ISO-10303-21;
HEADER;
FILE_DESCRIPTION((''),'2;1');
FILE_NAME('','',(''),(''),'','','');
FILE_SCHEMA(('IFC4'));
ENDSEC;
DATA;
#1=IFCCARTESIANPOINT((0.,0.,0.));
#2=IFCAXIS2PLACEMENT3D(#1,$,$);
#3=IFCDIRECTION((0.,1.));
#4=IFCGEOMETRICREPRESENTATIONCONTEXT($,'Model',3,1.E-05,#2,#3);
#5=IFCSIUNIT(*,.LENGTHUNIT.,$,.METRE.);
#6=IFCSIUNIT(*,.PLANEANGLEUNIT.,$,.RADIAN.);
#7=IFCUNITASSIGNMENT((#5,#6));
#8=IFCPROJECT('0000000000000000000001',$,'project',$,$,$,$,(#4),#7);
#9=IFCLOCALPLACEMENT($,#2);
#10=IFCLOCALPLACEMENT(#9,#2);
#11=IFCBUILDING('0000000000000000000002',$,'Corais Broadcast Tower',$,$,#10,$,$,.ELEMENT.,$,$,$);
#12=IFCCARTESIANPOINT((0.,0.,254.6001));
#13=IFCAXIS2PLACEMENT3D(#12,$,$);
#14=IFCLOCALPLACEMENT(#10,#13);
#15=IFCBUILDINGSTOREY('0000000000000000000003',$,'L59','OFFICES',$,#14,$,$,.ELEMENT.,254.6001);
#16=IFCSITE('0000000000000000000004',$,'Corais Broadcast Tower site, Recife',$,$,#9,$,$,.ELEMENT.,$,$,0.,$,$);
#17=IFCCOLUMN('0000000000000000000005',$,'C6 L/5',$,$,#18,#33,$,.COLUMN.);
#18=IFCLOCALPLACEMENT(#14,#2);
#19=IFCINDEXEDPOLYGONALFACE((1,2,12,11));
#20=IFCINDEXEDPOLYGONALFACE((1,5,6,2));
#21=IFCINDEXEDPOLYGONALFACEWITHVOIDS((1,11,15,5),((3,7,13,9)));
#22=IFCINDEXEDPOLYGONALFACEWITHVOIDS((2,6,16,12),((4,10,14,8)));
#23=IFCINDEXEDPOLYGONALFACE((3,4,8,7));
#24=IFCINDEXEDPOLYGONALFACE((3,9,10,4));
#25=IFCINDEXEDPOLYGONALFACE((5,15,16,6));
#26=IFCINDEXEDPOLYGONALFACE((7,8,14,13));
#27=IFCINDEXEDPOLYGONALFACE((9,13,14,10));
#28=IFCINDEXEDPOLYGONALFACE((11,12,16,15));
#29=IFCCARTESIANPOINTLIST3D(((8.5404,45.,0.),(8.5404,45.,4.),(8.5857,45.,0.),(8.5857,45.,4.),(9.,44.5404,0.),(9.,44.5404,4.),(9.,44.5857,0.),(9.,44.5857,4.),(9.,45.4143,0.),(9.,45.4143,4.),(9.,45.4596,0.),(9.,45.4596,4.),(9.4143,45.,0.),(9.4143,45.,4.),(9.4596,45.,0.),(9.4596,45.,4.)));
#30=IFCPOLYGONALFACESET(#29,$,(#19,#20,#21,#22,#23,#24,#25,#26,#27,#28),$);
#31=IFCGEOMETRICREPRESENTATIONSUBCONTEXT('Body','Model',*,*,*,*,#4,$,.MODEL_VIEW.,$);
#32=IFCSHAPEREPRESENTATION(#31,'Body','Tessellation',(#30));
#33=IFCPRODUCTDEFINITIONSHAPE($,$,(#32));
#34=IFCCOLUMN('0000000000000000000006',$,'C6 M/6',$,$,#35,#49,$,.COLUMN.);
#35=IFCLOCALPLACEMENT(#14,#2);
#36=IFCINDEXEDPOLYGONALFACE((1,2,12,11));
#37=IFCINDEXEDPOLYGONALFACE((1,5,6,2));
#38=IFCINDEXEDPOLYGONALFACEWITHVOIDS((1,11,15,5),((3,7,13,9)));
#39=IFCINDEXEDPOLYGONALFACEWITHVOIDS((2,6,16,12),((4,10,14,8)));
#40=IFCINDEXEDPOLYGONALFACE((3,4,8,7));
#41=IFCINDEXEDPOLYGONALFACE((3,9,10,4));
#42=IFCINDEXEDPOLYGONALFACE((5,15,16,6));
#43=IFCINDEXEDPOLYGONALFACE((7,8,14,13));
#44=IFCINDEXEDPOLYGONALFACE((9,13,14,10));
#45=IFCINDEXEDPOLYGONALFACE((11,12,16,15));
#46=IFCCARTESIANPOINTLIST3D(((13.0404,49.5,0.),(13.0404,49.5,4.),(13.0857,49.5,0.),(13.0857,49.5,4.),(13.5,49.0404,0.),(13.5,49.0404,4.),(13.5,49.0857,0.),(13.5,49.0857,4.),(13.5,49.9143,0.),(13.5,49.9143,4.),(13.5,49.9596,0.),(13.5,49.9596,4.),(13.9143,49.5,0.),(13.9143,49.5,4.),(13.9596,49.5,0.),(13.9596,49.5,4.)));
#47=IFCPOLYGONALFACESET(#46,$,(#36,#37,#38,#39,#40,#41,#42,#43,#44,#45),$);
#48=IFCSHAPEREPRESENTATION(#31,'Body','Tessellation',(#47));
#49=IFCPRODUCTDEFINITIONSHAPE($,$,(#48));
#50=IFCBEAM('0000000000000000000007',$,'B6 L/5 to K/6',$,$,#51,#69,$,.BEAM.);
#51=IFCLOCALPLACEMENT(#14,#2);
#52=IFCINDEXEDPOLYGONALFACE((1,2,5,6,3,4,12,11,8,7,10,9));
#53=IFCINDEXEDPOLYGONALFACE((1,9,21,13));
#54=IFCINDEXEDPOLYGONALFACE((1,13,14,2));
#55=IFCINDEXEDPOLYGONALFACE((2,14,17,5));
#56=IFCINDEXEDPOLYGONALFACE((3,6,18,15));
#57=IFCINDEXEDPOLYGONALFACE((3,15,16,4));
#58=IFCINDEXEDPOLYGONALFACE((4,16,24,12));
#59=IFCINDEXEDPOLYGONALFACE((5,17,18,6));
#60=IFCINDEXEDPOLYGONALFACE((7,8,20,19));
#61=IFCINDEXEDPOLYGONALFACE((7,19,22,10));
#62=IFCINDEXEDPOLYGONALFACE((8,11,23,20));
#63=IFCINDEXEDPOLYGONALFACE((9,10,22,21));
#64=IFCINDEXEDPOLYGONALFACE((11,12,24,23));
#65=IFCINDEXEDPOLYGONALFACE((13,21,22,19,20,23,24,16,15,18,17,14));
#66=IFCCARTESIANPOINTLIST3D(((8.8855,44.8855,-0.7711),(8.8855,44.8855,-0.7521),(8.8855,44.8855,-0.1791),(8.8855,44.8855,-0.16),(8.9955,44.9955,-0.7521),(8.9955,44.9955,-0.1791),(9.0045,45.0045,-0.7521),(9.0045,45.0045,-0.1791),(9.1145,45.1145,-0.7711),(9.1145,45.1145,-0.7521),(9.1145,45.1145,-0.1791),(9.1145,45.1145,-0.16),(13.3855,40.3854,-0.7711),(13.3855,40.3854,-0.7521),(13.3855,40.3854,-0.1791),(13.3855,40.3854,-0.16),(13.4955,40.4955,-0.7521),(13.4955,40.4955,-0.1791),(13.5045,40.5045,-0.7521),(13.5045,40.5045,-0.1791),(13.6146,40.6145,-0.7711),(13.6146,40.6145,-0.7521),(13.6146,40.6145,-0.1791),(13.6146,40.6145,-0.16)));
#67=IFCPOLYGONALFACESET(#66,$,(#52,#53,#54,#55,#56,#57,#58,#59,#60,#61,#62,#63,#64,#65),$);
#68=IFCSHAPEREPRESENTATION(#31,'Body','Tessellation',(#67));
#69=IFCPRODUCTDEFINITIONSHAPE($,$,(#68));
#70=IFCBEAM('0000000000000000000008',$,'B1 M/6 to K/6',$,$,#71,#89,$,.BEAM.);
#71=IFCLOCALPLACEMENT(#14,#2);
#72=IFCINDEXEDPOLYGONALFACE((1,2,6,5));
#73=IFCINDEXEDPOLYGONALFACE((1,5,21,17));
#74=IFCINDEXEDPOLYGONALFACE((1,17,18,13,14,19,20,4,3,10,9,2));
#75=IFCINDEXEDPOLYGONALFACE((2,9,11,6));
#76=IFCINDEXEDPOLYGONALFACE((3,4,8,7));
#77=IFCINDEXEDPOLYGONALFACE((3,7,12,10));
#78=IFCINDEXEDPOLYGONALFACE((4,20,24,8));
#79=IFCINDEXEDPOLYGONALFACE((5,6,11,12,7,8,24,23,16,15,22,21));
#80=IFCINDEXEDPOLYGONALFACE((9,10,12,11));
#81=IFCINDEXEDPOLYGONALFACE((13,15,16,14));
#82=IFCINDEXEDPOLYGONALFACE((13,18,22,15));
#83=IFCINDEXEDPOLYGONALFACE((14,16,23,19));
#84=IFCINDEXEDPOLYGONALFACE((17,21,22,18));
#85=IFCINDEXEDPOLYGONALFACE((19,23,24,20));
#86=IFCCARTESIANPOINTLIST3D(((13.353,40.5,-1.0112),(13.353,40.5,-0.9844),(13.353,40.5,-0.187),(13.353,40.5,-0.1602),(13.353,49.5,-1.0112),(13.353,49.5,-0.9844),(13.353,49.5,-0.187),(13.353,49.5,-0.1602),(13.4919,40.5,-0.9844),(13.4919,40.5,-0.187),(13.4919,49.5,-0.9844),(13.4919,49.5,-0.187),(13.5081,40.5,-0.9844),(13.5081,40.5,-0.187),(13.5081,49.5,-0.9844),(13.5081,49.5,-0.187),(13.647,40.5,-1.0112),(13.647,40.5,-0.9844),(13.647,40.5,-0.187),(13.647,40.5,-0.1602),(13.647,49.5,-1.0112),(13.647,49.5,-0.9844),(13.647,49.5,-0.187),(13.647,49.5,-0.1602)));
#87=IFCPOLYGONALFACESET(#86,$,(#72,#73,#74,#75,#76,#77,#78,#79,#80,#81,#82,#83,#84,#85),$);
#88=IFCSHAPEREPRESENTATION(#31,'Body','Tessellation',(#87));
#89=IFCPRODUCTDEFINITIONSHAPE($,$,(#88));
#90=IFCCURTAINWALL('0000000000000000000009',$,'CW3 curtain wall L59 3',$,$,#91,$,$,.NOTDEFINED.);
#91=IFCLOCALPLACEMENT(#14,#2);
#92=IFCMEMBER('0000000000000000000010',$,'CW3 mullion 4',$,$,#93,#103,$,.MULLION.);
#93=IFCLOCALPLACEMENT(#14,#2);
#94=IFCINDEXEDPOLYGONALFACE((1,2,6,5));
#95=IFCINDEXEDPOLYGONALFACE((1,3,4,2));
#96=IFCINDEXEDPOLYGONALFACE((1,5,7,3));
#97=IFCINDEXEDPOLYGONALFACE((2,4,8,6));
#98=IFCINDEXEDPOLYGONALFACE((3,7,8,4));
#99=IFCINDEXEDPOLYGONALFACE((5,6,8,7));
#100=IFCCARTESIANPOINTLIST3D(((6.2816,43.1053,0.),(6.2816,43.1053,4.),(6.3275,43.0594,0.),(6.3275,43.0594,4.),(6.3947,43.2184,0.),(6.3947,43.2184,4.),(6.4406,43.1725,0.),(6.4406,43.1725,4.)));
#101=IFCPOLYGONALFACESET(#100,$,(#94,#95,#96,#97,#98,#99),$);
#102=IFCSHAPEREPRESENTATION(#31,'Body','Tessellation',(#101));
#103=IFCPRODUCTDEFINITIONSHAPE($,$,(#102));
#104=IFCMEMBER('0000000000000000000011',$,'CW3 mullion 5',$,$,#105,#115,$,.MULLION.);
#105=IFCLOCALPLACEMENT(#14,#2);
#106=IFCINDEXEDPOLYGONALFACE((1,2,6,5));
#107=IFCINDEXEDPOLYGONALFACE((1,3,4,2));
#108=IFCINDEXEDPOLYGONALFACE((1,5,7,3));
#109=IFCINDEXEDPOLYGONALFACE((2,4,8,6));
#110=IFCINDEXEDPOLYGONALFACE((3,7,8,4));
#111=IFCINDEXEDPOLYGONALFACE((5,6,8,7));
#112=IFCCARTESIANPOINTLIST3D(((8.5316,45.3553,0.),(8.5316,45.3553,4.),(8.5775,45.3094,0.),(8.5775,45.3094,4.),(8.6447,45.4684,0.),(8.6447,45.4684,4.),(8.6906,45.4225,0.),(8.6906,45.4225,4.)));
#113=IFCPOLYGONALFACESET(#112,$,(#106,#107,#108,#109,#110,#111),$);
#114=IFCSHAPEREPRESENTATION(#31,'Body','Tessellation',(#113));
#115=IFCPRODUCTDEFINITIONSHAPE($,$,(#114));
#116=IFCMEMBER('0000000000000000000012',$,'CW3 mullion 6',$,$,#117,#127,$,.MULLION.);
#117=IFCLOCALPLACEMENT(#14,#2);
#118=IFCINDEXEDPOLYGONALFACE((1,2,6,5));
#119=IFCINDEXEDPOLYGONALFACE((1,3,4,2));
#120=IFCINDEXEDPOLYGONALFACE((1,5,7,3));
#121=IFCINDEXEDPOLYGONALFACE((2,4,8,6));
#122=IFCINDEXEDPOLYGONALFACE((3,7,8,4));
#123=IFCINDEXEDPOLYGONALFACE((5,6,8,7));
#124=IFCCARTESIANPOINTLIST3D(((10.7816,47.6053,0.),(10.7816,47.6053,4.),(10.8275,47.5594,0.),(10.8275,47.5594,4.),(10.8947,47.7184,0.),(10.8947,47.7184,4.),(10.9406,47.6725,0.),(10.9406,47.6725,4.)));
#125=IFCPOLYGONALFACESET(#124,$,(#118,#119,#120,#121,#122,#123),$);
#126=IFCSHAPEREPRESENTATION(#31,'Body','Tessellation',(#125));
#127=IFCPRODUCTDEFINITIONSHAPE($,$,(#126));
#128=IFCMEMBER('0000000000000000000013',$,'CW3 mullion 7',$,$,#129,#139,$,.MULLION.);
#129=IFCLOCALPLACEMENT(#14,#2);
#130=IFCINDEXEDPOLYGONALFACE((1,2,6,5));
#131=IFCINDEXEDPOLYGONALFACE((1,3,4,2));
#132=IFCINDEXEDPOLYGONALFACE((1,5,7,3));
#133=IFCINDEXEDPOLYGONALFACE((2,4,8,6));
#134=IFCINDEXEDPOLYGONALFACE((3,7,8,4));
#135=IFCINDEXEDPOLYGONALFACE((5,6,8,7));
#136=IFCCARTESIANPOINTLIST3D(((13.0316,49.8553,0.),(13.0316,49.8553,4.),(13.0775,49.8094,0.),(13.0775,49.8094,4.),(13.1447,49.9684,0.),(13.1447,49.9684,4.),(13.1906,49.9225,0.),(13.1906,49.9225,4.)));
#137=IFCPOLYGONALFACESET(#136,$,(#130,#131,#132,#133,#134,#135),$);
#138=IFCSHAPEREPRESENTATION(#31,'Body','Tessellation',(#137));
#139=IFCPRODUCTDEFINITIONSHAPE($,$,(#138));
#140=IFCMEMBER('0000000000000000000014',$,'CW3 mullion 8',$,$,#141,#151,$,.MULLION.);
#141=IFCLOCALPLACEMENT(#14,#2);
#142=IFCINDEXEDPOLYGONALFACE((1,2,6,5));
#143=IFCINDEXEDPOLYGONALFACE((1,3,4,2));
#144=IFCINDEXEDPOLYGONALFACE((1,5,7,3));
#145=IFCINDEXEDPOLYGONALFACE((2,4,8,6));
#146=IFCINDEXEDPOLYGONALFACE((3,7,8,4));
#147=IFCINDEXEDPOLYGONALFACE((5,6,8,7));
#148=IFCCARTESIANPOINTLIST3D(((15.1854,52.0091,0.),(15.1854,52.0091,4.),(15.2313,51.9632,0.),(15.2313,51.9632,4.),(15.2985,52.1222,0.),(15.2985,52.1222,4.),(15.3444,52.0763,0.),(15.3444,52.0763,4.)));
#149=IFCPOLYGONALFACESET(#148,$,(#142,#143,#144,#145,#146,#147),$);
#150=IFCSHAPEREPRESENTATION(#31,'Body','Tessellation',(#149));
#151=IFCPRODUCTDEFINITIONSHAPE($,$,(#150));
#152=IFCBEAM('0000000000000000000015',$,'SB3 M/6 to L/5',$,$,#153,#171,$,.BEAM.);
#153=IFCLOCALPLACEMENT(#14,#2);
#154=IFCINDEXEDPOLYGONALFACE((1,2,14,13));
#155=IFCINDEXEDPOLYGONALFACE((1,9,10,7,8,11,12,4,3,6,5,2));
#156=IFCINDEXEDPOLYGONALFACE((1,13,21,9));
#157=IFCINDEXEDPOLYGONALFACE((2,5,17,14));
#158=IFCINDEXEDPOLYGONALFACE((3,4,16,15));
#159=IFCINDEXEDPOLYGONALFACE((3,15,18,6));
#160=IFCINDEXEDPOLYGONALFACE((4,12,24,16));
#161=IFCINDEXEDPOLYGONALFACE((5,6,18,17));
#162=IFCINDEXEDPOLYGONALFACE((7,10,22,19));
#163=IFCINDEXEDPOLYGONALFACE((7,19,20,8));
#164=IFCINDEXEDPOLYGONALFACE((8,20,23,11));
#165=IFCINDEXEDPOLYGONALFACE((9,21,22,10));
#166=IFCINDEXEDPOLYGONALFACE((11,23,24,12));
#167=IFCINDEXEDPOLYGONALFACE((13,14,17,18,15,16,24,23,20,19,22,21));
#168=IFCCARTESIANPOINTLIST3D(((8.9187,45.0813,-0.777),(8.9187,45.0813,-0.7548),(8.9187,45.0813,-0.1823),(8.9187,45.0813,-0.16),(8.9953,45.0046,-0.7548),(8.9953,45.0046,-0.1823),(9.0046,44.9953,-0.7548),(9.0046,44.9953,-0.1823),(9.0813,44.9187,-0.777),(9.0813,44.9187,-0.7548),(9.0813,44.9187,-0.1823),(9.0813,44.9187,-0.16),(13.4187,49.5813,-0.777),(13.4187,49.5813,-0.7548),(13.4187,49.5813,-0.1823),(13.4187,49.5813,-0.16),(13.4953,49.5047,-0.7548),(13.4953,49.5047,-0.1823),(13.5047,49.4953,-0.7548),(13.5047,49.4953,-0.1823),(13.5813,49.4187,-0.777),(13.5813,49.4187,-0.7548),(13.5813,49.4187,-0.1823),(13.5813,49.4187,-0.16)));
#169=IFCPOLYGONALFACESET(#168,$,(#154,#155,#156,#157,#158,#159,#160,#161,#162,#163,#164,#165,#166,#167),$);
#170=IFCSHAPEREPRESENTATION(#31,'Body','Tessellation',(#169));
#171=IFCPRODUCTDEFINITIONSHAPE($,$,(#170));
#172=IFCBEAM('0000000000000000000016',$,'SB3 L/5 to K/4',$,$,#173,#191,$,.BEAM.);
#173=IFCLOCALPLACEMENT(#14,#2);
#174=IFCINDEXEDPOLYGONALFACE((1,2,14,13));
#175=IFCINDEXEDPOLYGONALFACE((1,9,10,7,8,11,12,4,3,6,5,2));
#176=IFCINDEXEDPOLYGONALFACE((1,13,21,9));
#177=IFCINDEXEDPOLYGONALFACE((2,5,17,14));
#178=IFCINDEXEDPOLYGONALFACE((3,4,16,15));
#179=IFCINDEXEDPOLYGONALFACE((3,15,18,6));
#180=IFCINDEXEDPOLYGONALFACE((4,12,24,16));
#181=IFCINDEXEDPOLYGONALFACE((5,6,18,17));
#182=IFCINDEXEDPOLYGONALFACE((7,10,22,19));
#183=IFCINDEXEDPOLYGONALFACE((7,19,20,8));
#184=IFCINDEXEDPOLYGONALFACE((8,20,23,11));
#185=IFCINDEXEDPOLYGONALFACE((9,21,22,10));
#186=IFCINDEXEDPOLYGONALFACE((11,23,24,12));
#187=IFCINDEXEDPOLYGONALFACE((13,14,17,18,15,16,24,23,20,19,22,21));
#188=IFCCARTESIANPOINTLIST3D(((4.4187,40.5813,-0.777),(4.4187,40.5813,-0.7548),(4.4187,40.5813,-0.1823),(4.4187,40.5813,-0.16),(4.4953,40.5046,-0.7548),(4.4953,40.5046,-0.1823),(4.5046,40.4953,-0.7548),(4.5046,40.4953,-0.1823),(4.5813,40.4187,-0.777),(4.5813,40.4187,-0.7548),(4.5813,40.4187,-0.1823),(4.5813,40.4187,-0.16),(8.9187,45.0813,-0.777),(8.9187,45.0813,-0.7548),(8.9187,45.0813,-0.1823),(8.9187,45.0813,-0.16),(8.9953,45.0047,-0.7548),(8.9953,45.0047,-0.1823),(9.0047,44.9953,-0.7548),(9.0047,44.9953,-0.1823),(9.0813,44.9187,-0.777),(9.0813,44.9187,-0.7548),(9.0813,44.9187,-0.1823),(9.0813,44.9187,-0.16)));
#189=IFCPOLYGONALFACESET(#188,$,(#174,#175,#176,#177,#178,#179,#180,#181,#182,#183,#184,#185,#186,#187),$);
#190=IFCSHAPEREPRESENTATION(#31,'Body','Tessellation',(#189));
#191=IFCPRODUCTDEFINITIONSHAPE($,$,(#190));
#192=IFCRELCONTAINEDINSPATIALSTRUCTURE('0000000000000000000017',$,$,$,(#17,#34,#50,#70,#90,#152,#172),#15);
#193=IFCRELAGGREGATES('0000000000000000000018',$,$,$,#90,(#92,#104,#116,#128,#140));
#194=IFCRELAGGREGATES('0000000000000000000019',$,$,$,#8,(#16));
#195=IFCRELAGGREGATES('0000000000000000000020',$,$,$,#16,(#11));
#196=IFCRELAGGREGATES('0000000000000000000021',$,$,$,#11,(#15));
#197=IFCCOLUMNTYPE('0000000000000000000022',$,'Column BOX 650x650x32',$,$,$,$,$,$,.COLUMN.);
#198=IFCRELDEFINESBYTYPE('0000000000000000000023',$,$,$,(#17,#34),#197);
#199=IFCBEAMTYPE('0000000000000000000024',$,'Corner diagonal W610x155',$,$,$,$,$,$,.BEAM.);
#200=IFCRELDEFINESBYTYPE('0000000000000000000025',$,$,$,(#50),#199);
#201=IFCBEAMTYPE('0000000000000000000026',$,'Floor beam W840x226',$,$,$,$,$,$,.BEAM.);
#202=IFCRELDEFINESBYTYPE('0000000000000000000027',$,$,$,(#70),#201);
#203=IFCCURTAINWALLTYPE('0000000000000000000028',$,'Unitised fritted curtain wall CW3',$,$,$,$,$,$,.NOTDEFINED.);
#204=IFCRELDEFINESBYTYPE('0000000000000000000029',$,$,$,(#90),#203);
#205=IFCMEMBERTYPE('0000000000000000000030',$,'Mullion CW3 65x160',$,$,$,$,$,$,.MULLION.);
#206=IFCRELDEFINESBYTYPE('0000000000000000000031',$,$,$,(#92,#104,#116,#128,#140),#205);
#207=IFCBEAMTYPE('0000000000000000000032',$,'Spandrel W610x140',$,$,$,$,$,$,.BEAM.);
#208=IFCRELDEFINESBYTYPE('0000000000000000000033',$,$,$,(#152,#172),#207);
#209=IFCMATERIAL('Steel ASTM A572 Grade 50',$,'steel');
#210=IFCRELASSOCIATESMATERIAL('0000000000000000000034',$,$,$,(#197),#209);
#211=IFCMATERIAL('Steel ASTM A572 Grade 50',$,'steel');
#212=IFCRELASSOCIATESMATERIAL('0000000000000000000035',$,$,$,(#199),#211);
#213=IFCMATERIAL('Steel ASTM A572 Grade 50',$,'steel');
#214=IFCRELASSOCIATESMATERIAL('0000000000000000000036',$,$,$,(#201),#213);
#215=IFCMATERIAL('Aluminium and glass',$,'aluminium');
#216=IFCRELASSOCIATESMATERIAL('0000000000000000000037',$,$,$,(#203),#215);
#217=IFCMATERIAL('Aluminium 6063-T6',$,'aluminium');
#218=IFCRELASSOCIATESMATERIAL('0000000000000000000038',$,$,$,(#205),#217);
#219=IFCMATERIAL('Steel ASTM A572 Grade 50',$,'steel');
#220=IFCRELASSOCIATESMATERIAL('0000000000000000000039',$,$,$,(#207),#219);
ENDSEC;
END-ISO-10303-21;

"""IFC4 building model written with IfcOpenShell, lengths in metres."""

from ifc_helpers import new_model, si_unit, direction, frame, origin, origin_2d, place, context, subcontext, project, spatial, rectangle, hollow_rectangle, i_section, extrude, material, material_profile, profile_set, type_object, element, aggregate, save


model = new_model("IFC4")

# Units and contexts
model_context = context("Model", 3, precision=1e-05, world=origin(), true_north=direction((0.0, 1.0)))
body_context = subcontext(model_context, "Body", "Model", "MODEL_VIEW")
ifc_project = project(units=[si_unit("LENGTHUNIT", "METRE"), si_unit("PLANEANGLEUNIT", "RADIAN")], contexts=[model_context])

# Site, building, storey
site_placement = place(None, origin())
site = spatial("IfcSite", under=ifc_project, at=site_placement, Name="Corais Broadcast Tower site, Recife", CompositionType="ELEMENT", RefElevation=0.0)
building_placement = place(site_placement, origin())
building = spatial("IfcBuilding", under=site, at=building_placement, Name="Corais Broadcast Tower", CompositionType="ELEMENT")
storey_placement = place(building_placement, frame((0.0, 0.0, 254.6001)))
storey = spatial("IfcBuildingStorey", under=building, at=storey_placement, Name="L59", Description="OFFICES", CompositionType="ELEMENT", Elevation=254.6001)

# Columns
ifc_material_1 = material(Name="Steel ASTM A572 Grade 50", Category="steel")
ifc_material_profile_1 = material_profile(ifc_material_1, hollow_rectangle(XDim=0.6499, YDim=0.6499, WallThickness=0.032, at=origin_2d()), Name="BOX 650x650x32")
ifc_profile_set_1 = profile_set([ifc_material_profile_1], Name="Steel ASTM A572 Grade 50")
column_type = type_object("IfcColumnType", Name="Column BOX 650x650x32", PredefinedType="COLUMN", material=ifc_profile_set_1)
for number, where, z_axis, x_axis, name in (
    (1, (9.0, 45.0, 0.0), (0.0, 0.0, 1.0), (0.707107, 0.707107, 0.0), "C6 L/5"),
    (2, (13.5, 49.5, 0.0), (0.0, 0.0, 1.0), (0.707107, 0.707107, 0.0), "C6 M/6"),
):
    element("IfcColumn", number, at=place(storey_placement, frame(where, z_axis=z_axis, x_axis=x_axis)), inside=storey, type_object=column_type, Name=name, PredefinedType="COLUMN", context=body_context, shape_type="SweptSolid", body=[
        extrude(hollow_rectangle(XDim=0.6499, YDim=0.6499, WallThickness=0.032, at=origin_2d()), origin(), (0.0, 0.0, 1.0), 4.0),
    ])

# Beams
ifc_material_2 = material(Name="Steel ASTM A572 Grade 50", Category="steel")
ifc_material_profile_2 = material_profile(ifc_material_2, i_section(OverallWidth=0.324, OverallDepth=0.6111, WebThickness=0.0127, FlangeThickness=0.019, at=origin_2d()), Name="W610x155")
ifc_profile_set_2 = profile_set([ifc_material_profile_2], Name="Steel ASTM A572 Grade 50")
beam_type_1 = type_object("IfcBeamType", Name="Corner diagonal W610x155", PredefinedType="BEAM", material=ifc_profile_set_2)
beam_1_placement = place(storey_placement, frame((9.0, 45.0, -0.4656), z_axis=(0.707107, -0.707107, 0.0), x_axis=(0.707107, 0.707107, 0.0)))
element("IfcBeam", 3, at=beam_1_placement, inside=storey, type_object=beam_type_1, Name="B6 L/5 to K/6", PredefinedType="BEAM", context=body_context, shape_type="SweptSolid", body=[
    extrude(i_section(OverallWidth=0.324, OverallDepth=0.6111, WebThickness=0.0127, FlangeThickness=0.019, at=origin_2d()), origin(), (0.0, 0.0, 1.0), 6.364),
])
ifc_material_3 = material(Name="Steel ASTM A572 Grade 50", Category="steel")
ifc_material_profile_3 = material_profile(ifc_material_3, i_section(OverallWidth=0.2939, OverallDepth=0.8511, WebThickness=0.0161, FlangeThickness=0.0269, at=origin_2d()), Name="W840x226")
ifc_profile_set_3 = profile_set([ifc_material_profile_3], Name="Steel ASTM A572 Grade 50")
beam_type_2 = type_object("IfcBeamType", Name="Floor beam W840x226", PredefinedType="BEAM", material=ifc_profile_set_3)
beam_2_placement = place(storey_placement, frame((13.5, 49.5, -0.5857), z_axis=(0.0, -1.0, 0.0), x_axis=(1.0, 0.0, 0.0)))
element("IfcBeam", 4, at=beam_2_placement, inside=storey, type_object=beam_type_2, Name="B1 M/6 to K/6", PredefinedType="BEAM", context=body_context, shape_type="SweptSolid", body=[
    extrude(i_section(OverallWidth=0.2939, OverallDepth=0.8511, WebThickness=0.0161, FlangeThickness=0.0269, at=origin_2d()), origin(), (0.0, 0.0, 1.0), 9.0),
])

# Curtain wall, members
ifc_material_4 = material(Name="Aluminium and glass", Category="aluminium")
curtain_wall_type = type_object("IfcCurtainWallType", Name="Unitised fritted curtain wall CW3", PredefinedType="NOTDEFINED", material=ifc_material_4)
curtain_wall_placement = place(storey_placement, origin())
curtain_wall = element("IfcCurtainWall", 5, at=curtain_wall_placement, inside=storey, type_object=curtain_wall_type, Name="CW3 curtain wall L59 3", PredefinedType="NOTDEFINED")
ifc_material_5 = material(Name="Aluminium 6063-T6", Category="aluminium")
ifc_material_profile_4 = material_profile(ifc_material_5, rectangle(XDim=0.0649, YDim=0.1599, at=origin_2d()), Name="Mullion CW3 65x160")
ifc_profile_set_4 = profile_set([ifc_material_profile_4], Name="Aluminium 6063-T6")
member_type_1 = type_object("IfcMemberType", Name="Mullion CW3 65x160", PredefinedType="MULLION", material=ifc_profile_set_4)
member_1_placement = place(storey_placement, frame((6.3611, 43.1389, 0.0), z_axis=(0.0, 0.0, 1.0), x_axis=(-0.707107, 0.707107, 0.0)))
member_1 = element("IfcMember", 6, at=member_1_placement, type_object=member_type_1, Name="CW3 mullion 4", PredefinedType="MULLION", context=body_context, shape_type="SweptSolid", body=[
    extrude(rectangle(XDim=0.0649, YDim=0.1599, at=origin_2d()), origin(), (0.0, 0.0, 1.0), 4.0),
])
member_2_placement = place(storey_placement, frame((8.6111, 45.3889, 0.0), z_axis=(0.0, 0.0, 1.0), x_axis=(-0.707107, 0.707107, 0.0)))
member_2 = element("IfcMember", 7, at=member_2_placement, type_object=member_type_1, Name="CW3 mullion 5", PredefinedType="MULLION", context=body_context, shape_type="SweptSolid", body=[
    extrude(rectangle(XDim=0.0649, YDim=0.1599, at=origin_2d()), origin(), (0.0, 0.0, 1.0), 4.0),
])
member_3_placement = place(storey_placement, frame((10.8611, 47.6389, 0.0), z_axis=(0.0, 0.0, 1.0), x_axis=(-0.707107, 0.707107, 0.0)))
member_3 = element("IfcMember", 8, at=member_3_placement, type_object=member_type_1, Name="CW3 mullion 6", PredefinedType="MULLION", context=body_context, shape_type="SweptSolid", body=[
    extrude(rectangle(XDim=0.0649, YDim=0.1599, at=origin_2d()), origin(), (0.0, 0.0, 1.0), 4.0),
])
member_4_placement = place(storey_placement, frame((13.1111, 49.8889, 0.0), z_axis=(0.0, 0.0, 1.0), x_axis=(-0.707107, 0.707107, 0.0)))
member_4 = element("IfcMember", 9, at=member_4_placement, type_object=member_type_1, Name="CW3 mullion 7", PredefinedType="MULLION", context=body_context, shape_type="SweptSolid", body=[
    extrude(rectangle(XDim=0.0649, YDim=0.1599, at=origin_2d()), origin(), (0.0, 0.0, 1.0), 4.0),
])
member_5_placement = place(storey_placement, frame((15.2649, 52.0427, 0.0), z_axis=(0.0, 0.0, 1.0), x_axis=(-0.707107, 0.707107, 0.0)))
member_5 = element("IfcMember", 10, at=member_5_placement, type_object=member_type_1, Name="CW3 mullion 8", PredefinedType="MULLION", context=body_context, shape_type="SweptSolid", body=[
    extrude(rectangle(XDim=0.0649, YDim=0.1599, at=origin_2d()), origin(), (0.0, 0.0, 1.0), 4.0),
])

# Beams
ifc_material_6 = material(Name="Steel ASTM A572 Grade 50", Category="steel")
ifc_material_profile_5 = material_profile(ifc_material_6, i_section(OverallWidth=0.23, OverallDepth=0.6169, WebThickness=0.0132, FlangeThickness=0.0222, at=origin_2d()), Name="W610x140")
ifc_profile_set_5 = profile_set([ifc_material_profile_5], Name="Steel ASTM A572 Grade 50")
beam_type_3 = type_object("IfcBeamType", Name="Spandrel W610x140", PredefinedType="BEAM", material=ifc_profile_set_5)
for number, where, z_axis, x_axis, name in (
    (11, (13.5, 49.5, -0.4685), (-0.707107, -0.707107, 0.0), (0.707107, -0.707107, 0.0), "SB3 M/6 to L/5"),
    (12, (9.0, 45.0, -0.4685), (-0.707107, -0.707107, 0.0), (0.707107, -0.707107, 0.0), "SB3 L/5 to K/4"),
):
    element("IfcBeam", number, at=place(storey_placement, frame(where, z_axis=z_axis, x_axis=x_axis)), inside=storey, type_object=beam_type_3, Name=name, PredefinedType="BEAM", context=body_context, shape_type="SweptSolid", body=[
        extrude(i_section(OverallWidth=0.23, OverallDepth=0.6169, WebThickness=0.0132, FlangeThickness=0.0222, at=origin_2d()), origin(), (0.0, 0.0, 1.0), 6.364),
    ])

aggregate(curtain_wall, [member_1, member_2, member_3, member_4, member_5])

save(model, "model.ifc")
